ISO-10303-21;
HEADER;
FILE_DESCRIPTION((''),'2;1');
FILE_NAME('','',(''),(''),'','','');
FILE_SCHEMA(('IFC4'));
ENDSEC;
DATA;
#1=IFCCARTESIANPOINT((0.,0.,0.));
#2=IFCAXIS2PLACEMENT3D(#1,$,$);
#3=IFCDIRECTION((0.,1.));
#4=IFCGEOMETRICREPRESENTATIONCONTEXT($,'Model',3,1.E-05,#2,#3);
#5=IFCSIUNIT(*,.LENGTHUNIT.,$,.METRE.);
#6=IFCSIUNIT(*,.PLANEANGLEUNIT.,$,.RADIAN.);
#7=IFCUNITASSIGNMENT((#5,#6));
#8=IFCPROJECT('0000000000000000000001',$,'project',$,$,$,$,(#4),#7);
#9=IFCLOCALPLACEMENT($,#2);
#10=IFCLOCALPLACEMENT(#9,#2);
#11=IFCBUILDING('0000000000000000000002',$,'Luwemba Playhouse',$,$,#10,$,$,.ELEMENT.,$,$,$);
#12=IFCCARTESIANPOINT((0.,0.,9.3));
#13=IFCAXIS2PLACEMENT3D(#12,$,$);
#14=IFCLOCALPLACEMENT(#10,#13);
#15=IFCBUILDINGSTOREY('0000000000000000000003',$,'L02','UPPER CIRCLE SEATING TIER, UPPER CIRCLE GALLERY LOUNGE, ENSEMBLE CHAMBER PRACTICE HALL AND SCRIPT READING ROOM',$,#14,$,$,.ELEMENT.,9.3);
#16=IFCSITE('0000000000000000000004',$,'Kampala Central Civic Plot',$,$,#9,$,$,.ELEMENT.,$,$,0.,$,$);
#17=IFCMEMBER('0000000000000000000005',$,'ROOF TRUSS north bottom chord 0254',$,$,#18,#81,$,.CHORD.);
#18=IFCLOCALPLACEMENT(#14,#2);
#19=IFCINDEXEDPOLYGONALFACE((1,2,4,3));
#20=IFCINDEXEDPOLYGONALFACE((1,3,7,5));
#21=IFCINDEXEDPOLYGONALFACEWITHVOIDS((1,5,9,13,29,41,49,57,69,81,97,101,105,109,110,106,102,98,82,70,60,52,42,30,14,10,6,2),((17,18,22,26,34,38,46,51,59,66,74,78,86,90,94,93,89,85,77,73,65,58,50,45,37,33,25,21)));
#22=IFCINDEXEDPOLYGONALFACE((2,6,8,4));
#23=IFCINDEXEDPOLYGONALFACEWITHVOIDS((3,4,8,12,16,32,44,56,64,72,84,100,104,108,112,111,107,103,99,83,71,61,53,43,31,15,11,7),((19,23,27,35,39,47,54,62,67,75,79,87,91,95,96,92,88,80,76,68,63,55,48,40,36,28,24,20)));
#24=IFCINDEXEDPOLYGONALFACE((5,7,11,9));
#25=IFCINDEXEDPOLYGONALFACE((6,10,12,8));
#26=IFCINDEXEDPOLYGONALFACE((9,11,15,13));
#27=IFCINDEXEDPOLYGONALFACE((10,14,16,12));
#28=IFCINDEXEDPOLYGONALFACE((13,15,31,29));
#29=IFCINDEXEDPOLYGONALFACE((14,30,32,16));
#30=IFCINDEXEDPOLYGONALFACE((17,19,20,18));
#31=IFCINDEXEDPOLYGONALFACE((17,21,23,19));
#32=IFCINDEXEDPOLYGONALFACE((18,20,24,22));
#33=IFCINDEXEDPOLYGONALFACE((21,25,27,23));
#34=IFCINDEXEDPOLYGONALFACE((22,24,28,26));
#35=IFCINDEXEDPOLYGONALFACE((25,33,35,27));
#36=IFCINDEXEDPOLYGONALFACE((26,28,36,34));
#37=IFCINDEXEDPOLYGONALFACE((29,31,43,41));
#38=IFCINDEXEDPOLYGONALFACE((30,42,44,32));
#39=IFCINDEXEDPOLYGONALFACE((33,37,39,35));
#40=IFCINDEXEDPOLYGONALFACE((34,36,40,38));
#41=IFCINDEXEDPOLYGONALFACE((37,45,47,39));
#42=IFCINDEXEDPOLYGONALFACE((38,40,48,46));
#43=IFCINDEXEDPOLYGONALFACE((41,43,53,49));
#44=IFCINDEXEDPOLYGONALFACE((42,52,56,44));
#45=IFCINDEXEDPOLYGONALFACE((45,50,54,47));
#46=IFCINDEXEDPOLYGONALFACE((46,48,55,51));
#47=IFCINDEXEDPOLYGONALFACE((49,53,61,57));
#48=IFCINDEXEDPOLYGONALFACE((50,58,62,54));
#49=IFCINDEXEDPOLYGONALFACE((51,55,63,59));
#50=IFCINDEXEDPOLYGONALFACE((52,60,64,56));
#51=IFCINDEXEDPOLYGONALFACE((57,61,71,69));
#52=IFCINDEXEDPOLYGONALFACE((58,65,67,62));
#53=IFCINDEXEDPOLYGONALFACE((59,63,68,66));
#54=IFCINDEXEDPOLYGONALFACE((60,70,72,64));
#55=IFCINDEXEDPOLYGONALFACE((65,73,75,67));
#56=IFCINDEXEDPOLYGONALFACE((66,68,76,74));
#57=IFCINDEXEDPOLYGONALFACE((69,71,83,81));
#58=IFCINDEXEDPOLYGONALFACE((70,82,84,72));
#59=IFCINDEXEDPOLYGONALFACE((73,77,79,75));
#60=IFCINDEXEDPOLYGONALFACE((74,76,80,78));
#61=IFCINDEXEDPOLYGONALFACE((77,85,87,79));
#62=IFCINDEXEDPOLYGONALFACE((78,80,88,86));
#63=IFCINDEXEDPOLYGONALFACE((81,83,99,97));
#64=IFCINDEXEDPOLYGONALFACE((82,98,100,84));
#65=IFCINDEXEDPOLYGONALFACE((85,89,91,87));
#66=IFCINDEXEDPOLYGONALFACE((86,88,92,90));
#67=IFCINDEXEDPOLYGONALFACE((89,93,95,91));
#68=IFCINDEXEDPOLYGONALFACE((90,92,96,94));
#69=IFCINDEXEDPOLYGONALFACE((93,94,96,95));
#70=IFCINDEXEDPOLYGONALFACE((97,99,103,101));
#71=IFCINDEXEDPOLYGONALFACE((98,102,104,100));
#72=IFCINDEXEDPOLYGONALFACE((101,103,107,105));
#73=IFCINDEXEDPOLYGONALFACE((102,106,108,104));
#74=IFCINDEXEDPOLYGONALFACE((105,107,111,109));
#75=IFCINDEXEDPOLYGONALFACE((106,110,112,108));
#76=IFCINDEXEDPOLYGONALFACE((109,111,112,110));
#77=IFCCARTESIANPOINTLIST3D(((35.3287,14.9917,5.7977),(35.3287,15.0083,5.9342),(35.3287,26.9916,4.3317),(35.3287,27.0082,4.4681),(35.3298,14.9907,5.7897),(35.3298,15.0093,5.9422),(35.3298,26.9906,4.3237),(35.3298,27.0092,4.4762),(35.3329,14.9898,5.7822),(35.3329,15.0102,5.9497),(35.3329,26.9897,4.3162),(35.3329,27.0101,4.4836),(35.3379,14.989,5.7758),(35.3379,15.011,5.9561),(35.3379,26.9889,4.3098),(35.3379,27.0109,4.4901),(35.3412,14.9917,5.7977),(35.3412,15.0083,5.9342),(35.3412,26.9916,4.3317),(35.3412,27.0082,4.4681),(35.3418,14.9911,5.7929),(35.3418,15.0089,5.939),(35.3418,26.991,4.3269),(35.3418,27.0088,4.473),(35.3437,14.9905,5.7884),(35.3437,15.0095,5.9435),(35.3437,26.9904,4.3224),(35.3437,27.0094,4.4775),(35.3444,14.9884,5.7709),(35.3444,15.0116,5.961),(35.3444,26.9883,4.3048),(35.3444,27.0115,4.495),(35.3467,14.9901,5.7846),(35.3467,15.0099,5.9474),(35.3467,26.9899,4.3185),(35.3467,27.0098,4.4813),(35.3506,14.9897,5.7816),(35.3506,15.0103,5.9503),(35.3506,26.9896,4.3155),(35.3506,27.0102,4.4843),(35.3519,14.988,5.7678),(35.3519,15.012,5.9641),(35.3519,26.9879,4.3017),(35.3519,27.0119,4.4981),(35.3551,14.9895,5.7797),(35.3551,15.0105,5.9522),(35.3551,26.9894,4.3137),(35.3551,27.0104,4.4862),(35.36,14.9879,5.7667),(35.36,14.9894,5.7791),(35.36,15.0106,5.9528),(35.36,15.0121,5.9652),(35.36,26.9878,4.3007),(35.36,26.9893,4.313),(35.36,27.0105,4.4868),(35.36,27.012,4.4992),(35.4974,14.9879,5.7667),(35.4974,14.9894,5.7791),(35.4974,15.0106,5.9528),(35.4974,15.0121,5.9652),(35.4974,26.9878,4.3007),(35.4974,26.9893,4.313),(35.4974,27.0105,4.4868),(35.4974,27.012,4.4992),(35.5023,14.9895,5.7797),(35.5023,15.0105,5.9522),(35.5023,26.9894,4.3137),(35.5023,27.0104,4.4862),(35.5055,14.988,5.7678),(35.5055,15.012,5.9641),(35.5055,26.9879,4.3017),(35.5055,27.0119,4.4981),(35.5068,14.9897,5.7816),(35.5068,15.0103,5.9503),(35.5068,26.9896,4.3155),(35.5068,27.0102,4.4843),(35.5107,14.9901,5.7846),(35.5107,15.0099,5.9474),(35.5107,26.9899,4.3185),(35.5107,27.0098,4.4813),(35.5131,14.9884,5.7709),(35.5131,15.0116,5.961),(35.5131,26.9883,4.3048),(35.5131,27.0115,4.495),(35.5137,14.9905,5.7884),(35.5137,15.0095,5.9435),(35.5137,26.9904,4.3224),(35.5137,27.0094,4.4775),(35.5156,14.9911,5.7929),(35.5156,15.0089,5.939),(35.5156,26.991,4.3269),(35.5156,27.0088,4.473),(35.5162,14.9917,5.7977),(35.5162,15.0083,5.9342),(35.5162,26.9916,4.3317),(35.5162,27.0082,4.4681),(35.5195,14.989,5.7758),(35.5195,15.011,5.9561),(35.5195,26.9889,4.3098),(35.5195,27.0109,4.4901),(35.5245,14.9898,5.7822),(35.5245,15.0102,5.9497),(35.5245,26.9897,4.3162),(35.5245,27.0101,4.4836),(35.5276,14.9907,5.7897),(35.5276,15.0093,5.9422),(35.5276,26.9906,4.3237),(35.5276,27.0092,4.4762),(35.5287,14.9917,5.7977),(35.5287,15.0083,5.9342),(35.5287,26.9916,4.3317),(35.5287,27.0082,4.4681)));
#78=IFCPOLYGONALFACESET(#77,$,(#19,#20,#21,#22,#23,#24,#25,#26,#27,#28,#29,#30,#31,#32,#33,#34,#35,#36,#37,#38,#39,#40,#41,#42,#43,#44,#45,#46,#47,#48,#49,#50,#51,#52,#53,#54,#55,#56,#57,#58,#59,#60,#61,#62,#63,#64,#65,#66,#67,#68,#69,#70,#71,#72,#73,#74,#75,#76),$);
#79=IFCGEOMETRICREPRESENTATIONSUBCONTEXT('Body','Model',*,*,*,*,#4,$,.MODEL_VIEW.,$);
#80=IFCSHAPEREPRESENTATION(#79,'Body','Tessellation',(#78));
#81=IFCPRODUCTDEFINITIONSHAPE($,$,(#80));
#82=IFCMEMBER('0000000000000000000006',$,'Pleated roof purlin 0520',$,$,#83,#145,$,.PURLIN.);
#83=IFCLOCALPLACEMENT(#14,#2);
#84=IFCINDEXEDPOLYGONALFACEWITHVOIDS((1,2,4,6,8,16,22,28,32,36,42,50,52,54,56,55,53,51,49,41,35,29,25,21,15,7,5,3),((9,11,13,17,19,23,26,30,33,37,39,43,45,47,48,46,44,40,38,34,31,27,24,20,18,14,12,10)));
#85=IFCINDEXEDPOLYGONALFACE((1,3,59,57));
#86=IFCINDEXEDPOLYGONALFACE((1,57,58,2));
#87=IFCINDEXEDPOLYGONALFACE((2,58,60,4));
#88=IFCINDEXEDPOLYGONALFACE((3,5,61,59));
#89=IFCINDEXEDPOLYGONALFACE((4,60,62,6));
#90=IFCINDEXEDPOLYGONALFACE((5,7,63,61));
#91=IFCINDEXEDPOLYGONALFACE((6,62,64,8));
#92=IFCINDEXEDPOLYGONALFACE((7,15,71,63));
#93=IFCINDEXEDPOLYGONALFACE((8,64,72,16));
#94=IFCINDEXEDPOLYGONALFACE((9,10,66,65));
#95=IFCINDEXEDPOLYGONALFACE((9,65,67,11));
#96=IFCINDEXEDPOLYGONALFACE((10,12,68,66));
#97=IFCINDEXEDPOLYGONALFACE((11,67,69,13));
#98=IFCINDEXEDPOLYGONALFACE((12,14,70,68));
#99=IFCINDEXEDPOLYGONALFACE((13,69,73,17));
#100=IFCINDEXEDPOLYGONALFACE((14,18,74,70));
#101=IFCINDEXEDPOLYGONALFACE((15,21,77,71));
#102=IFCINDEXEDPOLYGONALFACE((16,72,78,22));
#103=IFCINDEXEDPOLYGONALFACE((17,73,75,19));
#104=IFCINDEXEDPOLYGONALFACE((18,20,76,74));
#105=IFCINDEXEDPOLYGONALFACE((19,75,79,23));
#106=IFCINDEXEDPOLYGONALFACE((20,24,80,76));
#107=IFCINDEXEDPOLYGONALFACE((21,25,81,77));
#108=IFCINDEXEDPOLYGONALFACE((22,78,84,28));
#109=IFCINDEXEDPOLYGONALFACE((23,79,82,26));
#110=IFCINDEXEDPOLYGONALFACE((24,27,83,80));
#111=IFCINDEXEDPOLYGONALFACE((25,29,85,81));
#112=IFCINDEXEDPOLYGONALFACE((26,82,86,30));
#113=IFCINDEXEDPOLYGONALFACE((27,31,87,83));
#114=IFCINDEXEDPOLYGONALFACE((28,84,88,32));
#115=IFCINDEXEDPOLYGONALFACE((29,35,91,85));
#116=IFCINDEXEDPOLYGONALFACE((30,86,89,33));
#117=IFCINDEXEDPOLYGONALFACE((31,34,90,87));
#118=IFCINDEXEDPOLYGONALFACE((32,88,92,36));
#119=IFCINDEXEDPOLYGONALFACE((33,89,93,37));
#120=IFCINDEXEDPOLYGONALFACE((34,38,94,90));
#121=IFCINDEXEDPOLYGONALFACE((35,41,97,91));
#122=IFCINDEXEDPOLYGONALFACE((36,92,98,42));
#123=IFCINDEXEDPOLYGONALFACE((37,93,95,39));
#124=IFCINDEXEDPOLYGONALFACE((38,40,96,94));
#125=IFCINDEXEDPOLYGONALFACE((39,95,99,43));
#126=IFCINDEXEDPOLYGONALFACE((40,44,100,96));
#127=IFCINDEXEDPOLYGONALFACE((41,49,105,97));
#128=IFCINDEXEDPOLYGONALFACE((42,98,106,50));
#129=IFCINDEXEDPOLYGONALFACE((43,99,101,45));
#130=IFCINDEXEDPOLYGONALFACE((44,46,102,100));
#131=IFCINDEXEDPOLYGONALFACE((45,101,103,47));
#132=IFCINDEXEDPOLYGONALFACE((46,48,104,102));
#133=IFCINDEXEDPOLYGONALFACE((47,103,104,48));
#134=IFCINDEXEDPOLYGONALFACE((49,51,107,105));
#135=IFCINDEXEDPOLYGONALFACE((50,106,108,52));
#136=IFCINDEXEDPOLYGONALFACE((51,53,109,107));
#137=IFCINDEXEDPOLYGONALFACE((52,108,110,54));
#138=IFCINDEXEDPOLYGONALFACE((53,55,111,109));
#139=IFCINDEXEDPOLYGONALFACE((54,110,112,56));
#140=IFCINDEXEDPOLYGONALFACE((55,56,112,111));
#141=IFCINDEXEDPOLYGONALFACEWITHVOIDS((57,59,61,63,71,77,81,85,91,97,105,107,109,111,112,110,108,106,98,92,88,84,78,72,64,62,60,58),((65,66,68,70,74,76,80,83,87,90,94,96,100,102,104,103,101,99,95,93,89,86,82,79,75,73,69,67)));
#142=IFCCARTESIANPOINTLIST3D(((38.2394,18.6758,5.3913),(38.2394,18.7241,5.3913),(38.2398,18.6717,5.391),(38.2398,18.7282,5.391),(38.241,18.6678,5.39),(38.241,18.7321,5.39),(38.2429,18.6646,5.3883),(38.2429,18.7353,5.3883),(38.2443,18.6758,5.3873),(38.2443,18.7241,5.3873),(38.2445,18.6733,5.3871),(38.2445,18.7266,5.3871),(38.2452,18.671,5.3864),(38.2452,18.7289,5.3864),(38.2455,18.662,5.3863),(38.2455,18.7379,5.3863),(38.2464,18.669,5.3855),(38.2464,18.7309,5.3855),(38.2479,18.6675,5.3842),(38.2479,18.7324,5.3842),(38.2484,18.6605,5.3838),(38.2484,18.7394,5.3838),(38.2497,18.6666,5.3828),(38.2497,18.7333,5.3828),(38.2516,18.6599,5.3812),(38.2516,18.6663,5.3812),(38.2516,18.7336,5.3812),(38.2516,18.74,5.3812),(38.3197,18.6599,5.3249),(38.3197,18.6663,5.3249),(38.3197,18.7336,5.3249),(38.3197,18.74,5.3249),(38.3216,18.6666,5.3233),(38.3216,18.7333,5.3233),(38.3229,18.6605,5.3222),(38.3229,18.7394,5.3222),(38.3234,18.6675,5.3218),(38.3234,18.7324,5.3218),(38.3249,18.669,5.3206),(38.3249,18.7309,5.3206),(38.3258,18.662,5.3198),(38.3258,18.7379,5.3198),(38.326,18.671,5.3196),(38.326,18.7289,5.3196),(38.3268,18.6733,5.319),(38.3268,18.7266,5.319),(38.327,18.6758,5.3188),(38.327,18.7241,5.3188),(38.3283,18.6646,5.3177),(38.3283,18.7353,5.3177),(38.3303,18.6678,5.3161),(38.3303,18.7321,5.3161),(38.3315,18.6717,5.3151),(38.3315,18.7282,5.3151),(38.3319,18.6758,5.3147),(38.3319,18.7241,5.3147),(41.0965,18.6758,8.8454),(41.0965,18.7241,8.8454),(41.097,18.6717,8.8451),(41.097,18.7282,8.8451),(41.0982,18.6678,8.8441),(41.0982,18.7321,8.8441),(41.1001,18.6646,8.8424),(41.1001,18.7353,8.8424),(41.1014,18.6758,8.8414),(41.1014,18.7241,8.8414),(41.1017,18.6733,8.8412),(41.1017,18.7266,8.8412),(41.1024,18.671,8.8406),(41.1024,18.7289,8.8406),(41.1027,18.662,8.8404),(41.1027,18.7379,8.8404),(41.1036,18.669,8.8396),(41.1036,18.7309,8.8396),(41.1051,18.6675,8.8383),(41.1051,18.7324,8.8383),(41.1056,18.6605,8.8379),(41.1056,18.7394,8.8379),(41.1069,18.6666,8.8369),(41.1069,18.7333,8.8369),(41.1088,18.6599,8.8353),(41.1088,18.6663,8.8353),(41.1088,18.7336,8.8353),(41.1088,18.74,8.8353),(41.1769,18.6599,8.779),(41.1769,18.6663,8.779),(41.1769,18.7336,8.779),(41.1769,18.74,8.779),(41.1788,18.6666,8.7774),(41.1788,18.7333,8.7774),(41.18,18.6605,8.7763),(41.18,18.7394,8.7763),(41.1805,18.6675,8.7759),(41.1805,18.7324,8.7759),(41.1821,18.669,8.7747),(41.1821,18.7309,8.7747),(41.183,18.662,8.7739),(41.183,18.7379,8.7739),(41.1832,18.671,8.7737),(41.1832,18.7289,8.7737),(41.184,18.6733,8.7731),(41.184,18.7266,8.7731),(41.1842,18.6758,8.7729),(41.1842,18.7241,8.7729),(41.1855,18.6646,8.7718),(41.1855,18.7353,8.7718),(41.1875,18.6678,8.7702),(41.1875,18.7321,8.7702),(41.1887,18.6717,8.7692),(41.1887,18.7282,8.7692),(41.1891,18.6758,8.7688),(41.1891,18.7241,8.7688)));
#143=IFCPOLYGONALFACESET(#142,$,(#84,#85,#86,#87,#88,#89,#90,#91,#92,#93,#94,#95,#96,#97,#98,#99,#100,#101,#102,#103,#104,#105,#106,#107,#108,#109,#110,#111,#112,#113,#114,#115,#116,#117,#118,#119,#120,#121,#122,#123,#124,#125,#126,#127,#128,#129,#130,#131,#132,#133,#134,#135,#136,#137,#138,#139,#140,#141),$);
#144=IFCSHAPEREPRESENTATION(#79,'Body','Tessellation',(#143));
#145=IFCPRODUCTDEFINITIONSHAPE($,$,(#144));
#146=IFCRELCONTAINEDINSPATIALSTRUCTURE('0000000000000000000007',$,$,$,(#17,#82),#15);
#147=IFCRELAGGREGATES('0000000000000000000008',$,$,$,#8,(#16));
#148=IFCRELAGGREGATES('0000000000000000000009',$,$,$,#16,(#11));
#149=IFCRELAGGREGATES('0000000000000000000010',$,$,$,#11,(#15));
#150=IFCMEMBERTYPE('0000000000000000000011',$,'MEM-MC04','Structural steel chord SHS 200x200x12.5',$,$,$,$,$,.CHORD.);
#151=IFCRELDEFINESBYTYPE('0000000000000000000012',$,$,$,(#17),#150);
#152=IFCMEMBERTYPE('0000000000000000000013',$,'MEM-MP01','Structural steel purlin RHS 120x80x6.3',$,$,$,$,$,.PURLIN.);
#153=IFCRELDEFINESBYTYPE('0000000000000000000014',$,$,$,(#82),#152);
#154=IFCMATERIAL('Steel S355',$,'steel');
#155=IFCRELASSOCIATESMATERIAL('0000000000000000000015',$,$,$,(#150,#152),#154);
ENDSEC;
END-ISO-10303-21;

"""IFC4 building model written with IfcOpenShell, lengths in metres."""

from ifc_helpers import new_model, si_unit, direction, frame, origin, origin_2d, place, context, subcontext, project, spatial, hollow_rectangle, extrude, material, material_profile, profile_set, type_object, element, save


model = new_model("IFC4")

# Units and contexts
model_context = context("Model", 3, precision=1e-05, world=origin(), true_north=direction((0.0, 1.0)))
body_context = subcontext(model_context, "Body", "Model", "MODEL_VIEW")
ifc_project = project(units=[si_unit("LENGTHUNIT", "METRE"), si_unit("PLANEANGLEUNIT", "RADIAN")], contexts=[model_context])

# Site, building, storey
site_placement = place(None, origin())
site = spatial("IfcSite", under=ifc_project, at=site_placement, Name="Kampala Central Civic Plot", CompositionType="ELEMENT", RefElevation=0.0)
building_placement = place(site_placement, origin())
building = spatial("IfcBuilding", under=site, at=building_placement, Name="Luwemba Playhouse", CompositionType="ELEMENT")
storey_placement = place(building_placement, frame((0.0, 0.0, 9.3)))
storey = spatial("IfcBuildingStorey", under=building, at=storey_placement, Name="L02", Description="UPPER CIRCLE SEATING TIER, UPPER CIRCLE GALLERY LOUNGE, ENSEMBLE CHAMBER PRACTICE HALL AND SCRIPT READING ROOM", CompositionType="ELEMENT", Elevation=9.3)

# Shared definitions
ifc_material_1 = material(Name="Steel S355", Category="steel")

# Members
ifc_material_profile_1 = material_profile(ifc_material_1, hollow_rectangle(XDim=0.2, YDim=0.2, WallThickness=0.0125, InnerFilletRadius=0.0188, OuterFilletRadius=0.0312, at=origin_2d()))
ifc_profile_set_1 = profile_set([ifc_material_profile_1], Name="Steel S355")
member_type_1 = type_object("IfcMemberType", Name="MEM-MC04", Description="Structural steel chord SHS 200x200x12.5", PredefinedType="CHORD", material=ifc_profile_set_1)
member_1_placement = place(storey_placement, frame((35.4287, 15.0, 5.866), z_axis=(0.0, 0.99262, -0.12127), x_axis=(-1.0, 0.0, 0.0)))
element("IfcMember", 1, at=member_1_placement, inside=storey, type_object=member_type_1, Name="ROOF TRUSS north bottom chord 0254", PredefinedType="CHORD", context=body_context, shape_type="SweptSolid", body=[
    extrude(hollow_rectangle(XDim=0.2, YDim=0.2, WallThickness=0.0125, InnerFilletRadius=0.0188, OuterFilletRadius=0.0312, at=origin_2d()), origin(), (0.0, 0.0, 1.0), 12.0891),
])
ifc_material_profile_2 = material_profile(ifc_material_1, hollow_rectangle(XDim=0.0801, YDim=0.1201, WallThickness=0.0063, InnerFilletRadius=0.0095, OuterFilletRadius=0.0159, at=origin_2d()))
ifc_profile_set_2 = profile_set([ifc_material_profile_2], Name="Steel S355")
member_type_2 = type_object("IfcMemberType", Name="MEM-MP01", Description="Structural steel purlin RHS 120x80x6.3", PredefinedType="PURLIN", material=ifc_profile_set_2)
member_2_placement = place(storey_placement, frame((38.2856, 18.7, 5.353), z_axis=(0.637384, 0.0, 0.770547), x_axis=(0.0, 1.0, 0.0)))
element("IfcMember", 2, at=member_2_placement, inside=storey, type_object=member_type_2, Name="Pleated roof purlin 0520", PredefinedType="PURLIN", context=body_context, shape_type="SweptSolid", body=[
    extrude(hollow_rectangle(XDim=0.0801, YDim=0.1201, WallThickness=0.0063, InnerFilletRadius=0.0095, OuterFilletRadius=0.0159, at=origin_2d()), origin(), (0.0, 0.0, 1.0), 4.4827),
])

save(model, "model.ifc")
